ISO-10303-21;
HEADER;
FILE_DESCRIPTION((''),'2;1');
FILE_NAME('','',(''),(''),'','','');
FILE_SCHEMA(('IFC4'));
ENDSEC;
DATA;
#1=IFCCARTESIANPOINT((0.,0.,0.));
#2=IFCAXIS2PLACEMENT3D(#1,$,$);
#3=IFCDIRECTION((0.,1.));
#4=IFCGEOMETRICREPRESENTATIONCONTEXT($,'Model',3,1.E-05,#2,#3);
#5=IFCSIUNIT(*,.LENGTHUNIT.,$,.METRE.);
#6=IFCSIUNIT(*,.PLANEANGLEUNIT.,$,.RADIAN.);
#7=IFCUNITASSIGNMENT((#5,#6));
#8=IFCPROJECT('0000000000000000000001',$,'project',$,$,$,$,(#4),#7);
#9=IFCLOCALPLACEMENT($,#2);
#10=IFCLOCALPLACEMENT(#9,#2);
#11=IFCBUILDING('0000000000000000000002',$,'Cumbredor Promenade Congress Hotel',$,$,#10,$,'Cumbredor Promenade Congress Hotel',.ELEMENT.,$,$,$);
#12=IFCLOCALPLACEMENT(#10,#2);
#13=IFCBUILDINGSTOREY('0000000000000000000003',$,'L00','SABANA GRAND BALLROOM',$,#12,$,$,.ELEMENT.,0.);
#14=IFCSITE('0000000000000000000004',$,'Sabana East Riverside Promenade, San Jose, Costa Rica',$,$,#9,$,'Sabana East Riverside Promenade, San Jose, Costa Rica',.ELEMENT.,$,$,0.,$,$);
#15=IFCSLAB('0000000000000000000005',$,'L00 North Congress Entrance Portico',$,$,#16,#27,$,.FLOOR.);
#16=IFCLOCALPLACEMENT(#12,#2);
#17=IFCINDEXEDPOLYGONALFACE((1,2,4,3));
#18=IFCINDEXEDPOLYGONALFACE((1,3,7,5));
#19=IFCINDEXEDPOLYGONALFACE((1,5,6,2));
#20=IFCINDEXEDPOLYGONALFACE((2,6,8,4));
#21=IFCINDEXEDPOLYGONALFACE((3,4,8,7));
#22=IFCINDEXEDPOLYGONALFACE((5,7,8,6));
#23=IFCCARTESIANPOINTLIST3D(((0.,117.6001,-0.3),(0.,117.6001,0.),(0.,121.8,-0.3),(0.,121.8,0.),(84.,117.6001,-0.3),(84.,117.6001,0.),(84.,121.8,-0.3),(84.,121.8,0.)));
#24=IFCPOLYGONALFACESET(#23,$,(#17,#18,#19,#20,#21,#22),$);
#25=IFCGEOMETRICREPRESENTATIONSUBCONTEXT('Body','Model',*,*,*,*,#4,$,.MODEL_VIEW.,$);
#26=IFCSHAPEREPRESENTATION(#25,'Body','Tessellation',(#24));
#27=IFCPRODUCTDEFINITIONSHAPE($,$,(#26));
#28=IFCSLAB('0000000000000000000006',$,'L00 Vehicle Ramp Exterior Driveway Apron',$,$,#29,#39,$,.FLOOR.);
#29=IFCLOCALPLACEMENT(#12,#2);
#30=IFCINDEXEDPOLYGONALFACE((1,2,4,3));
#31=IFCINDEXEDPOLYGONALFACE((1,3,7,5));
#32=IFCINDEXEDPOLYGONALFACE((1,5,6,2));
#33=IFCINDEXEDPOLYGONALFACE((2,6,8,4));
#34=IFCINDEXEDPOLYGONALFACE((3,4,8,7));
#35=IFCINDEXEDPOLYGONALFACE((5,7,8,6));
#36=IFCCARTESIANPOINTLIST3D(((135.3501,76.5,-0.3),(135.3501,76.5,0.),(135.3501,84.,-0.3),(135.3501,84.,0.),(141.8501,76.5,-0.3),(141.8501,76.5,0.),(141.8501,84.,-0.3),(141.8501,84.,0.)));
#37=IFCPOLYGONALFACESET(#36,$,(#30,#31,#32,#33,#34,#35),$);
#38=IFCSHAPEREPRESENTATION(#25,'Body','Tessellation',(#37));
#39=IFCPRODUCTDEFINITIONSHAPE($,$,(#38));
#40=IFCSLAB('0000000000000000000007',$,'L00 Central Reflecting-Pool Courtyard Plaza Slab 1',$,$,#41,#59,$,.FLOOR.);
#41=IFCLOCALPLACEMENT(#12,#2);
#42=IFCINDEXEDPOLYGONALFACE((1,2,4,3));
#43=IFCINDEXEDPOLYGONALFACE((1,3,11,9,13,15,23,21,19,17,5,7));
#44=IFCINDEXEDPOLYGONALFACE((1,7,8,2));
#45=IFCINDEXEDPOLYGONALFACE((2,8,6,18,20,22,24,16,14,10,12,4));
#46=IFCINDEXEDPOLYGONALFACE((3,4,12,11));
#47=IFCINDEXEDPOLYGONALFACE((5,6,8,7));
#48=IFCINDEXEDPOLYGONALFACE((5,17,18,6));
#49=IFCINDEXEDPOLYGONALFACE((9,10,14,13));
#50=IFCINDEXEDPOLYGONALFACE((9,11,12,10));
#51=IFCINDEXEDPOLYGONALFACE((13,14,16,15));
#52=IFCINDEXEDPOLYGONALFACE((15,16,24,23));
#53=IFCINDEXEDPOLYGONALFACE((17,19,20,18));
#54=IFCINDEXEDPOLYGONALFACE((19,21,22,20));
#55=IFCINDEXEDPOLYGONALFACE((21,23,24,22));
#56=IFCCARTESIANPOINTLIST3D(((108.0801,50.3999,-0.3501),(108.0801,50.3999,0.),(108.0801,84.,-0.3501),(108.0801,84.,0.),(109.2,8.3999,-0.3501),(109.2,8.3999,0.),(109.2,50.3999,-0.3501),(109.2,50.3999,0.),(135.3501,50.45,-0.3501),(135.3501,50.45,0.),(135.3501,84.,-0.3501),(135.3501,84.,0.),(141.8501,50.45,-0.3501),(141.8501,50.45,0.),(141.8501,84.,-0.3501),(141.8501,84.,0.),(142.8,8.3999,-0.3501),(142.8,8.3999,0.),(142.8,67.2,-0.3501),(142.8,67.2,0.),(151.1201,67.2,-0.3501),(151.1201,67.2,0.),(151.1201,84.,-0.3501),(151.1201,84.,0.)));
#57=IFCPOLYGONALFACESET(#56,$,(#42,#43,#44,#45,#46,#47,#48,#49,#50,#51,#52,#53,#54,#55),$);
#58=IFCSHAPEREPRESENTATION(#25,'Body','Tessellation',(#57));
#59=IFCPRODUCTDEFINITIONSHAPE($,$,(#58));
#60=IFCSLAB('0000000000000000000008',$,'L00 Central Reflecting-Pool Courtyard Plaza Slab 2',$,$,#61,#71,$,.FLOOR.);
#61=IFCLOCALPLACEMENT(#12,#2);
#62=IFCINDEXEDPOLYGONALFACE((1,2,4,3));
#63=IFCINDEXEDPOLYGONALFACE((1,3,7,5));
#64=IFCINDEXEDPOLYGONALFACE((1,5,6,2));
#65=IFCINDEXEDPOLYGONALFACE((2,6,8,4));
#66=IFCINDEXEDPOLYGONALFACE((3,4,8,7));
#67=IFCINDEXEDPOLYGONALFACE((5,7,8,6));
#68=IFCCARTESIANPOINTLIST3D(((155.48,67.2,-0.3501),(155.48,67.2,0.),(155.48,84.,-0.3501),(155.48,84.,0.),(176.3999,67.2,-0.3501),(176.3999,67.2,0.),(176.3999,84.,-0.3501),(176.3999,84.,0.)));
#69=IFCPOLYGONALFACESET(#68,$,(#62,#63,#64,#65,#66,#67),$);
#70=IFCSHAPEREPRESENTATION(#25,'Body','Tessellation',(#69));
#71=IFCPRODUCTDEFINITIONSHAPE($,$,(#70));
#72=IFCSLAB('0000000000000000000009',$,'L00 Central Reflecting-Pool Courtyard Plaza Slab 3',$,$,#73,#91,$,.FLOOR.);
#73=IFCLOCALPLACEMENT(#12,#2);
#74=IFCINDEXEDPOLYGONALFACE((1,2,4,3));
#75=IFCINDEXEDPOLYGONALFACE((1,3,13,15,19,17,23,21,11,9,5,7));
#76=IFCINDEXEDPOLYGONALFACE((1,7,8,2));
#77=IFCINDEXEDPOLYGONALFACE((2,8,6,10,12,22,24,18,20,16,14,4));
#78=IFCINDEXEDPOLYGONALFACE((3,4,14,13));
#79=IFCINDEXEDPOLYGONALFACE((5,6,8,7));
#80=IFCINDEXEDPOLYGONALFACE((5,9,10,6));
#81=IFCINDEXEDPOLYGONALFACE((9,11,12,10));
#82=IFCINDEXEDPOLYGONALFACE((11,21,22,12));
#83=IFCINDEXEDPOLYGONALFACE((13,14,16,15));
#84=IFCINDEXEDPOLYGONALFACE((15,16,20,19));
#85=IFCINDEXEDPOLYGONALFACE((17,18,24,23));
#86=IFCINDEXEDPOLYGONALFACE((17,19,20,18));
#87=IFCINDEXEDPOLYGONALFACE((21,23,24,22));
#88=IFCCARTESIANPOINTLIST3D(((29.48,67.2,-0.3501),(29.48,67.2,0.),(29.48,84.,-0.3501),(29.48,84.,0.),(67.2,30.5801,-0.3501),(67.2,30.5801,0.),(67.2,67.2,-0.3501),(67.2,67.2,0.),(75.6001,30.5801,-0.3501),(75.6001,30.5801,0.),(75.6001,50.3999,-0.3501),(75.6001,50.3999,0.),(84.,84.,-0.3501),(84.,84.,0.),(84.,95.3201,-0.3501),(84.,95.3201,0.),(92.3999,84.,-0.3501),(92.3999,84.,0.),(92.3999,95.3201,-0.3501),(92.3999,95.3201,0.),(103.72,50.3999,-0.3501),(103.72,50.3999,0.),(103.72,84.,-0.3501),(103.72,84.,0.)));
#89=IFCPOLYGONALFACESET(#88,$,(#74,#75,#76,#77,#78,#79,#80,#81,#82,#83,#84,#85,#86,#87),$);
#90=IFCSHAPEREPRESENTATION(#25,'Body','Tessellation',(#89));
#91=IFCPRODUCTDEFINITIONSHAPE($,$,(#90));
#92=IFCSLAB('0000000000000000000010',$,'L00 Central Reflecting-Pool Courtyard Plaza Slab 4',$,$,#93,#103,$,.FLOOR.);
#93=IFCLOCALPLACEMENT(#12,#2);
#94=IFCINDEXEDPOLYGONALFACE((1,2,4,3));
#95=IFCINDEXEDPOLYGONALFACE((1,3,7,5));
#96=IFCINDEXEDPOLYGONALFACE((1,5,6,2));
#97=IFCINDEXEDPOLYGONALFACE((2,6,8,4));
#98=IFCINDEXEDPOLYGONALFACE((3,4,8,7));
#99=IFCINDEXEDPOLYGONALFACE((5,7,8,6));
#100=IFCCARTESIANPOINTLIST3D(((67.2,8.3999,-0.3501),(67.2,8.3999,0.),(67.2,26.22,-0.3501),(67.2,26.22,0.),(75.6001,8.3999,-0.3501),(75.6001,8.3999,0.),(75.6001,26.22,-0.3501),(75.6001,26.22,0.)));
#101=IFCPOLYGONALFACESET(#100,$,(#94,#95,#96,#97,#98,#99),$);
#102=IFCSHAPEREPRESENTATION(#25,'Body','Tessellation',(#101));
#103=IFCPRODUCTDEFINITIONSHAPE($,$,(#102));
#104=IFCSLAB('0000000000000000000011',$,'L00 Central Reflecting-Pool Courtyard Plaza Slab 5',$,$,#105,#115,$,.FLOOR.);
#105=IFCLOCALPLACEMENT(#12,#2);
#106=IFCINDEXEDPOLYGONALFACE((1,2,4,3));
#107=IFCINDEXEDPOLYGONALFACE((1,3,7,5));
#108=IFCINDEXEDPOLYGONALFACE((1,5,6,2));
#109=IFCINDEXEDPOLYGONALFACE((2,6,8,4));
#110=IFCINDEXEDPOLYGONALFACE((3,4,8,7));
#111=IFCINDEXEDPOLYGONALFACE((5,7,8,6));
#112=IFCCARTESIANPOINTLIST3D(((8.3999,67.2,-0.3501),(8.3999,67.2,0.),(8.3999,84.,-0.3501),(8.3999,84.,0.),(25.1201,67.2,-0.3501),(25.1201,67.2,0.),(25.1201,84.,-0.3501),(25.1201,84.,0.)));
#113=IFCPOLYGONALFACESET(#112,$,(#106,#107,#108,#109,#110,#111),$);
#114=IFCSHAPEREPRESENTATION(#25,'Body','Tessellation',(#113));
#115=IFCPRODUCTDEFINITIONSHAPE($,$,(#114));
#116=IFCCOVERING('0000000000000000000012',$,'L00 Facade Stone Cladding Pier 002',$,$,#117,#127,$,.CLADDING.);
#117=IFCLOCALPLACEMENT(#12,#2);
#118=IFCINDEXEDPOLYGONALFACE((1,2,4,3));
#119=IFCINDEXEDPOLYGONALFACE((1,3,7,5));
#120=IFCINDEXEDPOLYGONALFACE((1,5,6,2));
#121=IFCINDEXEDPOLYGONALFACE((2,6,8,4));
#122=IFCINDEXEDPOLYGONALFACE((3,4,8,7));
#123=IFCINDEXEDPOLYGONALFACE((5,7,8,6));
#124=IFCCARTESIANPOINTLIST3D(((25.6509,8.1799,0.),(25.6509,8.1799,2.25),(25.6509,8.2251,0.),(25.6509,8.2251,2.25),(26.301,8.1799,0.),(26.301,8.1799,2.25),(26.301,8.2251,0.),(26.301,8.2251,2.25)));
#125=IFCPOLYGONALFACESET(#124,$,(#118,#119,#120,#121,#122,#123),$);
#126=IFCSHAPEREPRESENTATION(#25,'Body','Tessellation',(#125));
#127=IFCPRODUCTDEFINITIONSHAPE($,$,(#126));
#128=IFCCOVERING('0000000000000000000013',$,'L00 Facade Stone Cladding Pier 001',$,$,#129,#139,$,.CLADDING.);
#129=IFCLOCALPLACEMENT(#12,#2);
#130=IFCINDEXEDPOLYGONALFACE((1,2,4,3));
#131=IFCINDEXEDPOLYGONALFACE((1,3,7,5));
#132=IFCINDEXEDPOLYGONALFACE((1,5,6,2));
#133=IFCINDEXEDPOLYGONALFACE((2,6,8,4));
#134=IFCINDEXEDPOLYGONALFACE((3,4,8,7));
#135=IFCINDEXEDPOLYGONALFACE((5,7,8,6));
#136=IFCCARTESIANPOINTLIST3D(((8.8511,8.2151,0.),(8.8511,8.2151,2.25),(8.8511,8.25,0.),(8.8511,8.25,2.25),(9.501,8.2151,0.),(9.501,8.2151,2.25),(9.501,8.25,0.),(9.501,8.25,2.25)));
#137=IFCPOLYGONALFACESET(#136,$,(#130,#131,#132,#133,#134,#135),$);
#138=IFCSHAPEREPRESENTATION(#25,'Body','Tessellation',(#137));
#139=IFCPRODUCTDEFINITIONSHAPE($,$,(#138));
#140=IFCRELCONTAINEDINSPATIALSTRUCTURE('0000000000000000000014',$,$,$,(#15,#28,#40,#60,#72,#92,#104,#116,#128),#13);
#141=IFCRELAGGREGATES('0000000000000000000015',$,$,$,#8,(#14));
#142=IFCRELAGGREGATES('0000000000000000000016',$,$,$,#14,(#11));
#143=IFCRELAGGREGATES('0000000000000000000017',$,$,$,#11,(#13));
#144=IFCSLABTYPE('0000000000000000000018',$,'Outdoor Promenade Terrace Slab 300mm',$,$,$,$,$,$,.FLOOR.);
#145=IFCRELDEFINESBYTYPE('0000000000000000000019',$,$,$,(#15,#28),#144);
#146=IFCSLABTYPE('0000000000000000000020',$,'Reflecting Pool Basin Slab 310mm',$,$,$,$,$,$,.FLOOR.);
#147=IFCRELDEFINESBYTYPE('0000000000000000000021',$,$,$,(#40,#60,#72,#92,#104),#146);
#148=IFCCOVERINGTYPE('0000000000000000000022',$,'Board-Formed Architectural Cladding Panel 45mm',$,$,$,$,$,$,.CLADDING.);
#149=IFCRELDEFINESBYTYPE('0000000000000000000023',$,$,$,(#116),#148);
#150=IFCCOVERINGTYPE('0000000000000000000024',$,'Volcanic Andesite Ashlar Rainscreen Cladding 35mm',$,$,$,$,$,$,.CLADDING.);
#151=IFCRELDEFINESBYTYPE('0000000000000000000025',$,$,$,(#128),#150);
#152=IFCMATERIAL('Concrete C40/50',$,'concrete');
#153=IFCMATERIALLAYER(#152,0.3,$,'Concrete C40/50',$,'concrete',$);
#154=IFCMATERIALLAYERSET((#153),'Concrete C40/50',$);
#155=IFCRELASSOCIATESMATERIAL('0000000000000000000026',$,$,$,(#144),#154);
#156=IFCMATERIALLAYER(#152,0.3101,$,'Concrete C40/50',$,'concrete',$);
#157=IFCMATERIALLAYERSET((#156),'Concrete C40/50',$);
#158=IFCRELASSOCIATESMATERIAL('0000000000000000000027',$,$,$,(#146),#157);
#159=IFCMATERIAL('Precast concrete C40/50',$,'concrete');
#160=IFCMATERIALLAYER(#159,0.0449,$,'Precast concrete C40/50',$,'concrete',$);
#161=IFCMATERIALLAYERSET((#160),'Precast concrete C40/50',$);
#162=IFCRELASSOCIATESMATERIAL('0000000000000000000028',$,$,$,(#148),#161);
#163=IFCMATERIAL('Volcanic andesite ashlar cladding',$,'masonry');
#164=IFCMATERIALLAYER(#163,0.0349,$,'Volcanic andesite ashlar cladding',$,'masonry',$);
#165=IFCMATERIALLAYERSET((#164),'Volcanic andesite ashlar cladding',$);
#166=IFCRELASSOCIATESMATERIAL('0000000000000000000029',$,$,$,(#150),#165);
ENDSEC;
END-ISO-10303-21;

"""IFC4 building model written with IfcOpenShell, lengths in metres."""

from ifc_helpers import new_model, si_unit, direction, frame, origin, place, context, subcontext, project, spatial, polyline, outline, extrude, material, layer, layer_set, type_object, element, save


model = new_model("IFC4")

# Units and contexts
model_context = context("Model", 3, precision=1e-05, world=origin(), true_north=direction((0.0, 1.0)))
body_context = subcontext(model_context, "Body", "Model", "MODEL_VIEW")
ifc_project = project(units=[si_unit("LENGTHUNIT", "METRE"), si_unit("PLANEANGLEUNIT", "RADIAN")], contexts=[model_context])

# Site, building, storey
site_placement = place(None, origin())
site = spatial("IfcSite", under=ifc_project, at=site_placement, Name="Sabana East Riverside Promenade, San Jose, Costa Rica", LongName="Sabana East Riverside Promenade, San Jose, Costa Rica", CompositionType="ELEMENT", RefElevation=0.0)
building_placement = place(site_placement, origin())
building = spatial("IfcBuilding", under=site, at=building_placement, Name="Cumbredor Promenade Congress Hotel", LongName="Cumbredor Promenade Congress Hotel", CompositionType="ELEMENT")
storey_placement = place(building_placement, origin())
storey = spatial("IfcBuildingStorey", under=building, at=storey_placement, Name="L00", Description="SABANA GRAND BALLROOM", CompositionType="ELEMENT", Elevation=0.0)

# Slabs
ifc_material_1 = material(Name="Concrete C40/50", Category="concrete")
ifc_layer_1 = layer(ifc_material_1, 0.3, Name="Concrete C40/50", Category="concrete")
ifc_layer_set_1 = layer_set([ifc_layer_1], Name="Concrete C40/50")
slab_type_1 = type_object("IfcSlabType", Name="Outdoor Promenade Terrace Slab 300mm", PredefinedType="FLOOR", material=ifc_layer_set_1)
slab_1_placement = place(storey_placement, frame((0.0, 0.0, -0.3)))
element("IfcSlab", 1, at=slab_1_placement, inside=storey, type_object=slab_type_1, Name="L00 North Congress Entrance Portico", PredefinedType="FLOOR", context=body_context, shape_type="SweptSolid", body=[
    extrude(outline(polyline([(0.0, 117.6001), (84.0, 117.6001), (84.0, 121.8), (0.0, 121.8), (0.0, 117.6001)])), origin(), (0.0, 0.0, 1.0), 0.3),
])
slab_2_placement = place(storey_placement, frame((0.0, 0.0, -0.3)))
element("IfcSlab", 2, at=slab_2_placement, inside=storey, type_object=slab_type_1, Name="L00 Vehicle Ramp Exterior Driveway Apron", PredefinedType="FLOOR", context=body_context, shape_type="SweptSolid", body=[
    extrude(outline(polyline([(135.3501, 76.5), (141.8501, 76.5), (141.8501, 84.0), (135.3501, 84.0), (135.3501, 76.5)])), origin(), (0.0, 0.0, 1.0), 0.3),
])
ifc_layer_2 = layer(ifc_material_1, 0.3101, Name="Concrete C40/50", Category="concrete")
ifc_layer_set_2 = layer_set([ifc_layer_2], Name="Concrete C40/50")
slab_type_2 = type_object("IfcSlabType", Name="Reflecting Pool Basin Slab 310mm", PredefinedType="FLOOR", material=ifc_layer_set_2)
slab_3_placement = place(storey_placement, frame((0.0, 0.0, -0.3501)))
element("IfcSlab", 3, at=slab_3_placement, inside=storey, type_object=slab_type_2, Name="L00 Central Reflecting-Pool Courtyard Plaza Slab 1", PredefinedType="FLOOR", context=body_context, shape_type="SweptSolid", body=[
    extrude(outline(polyline([(151.1201, 67.2), (142.8, 67.2), (142.8, 8.3999), (109.2, 8.3999), (109.2, 50.3999), (108.0801, 50.3999), (108.0801, 84.0), (135.3501, 84.0), (135.3501, 50.45), (141.8501, 50.45), (141.8501, 84.0), (151.1201, 84.0), (151.1201, 67.2)])), origin(), (0.0, 0.0, 1.0), 0.3501),
])
slab_4_placement = place(storey_placement, frame((0.0, 0.0, -0.3501)))
element("IfcSlab", 4, at=slab_4_placement, inside=storey, type_object=slab_type_2, Name="L00 Central Reflecting-Pool Courtyard Plaza Slab 2", PredefinedType="FLOOR", context=body_context, shape_type="SweptSolid", body=[
    extrude(outline(polyline([(176.3999, 67.2), (155.48, 67.2), (155.48, 84.0), (176.3999, 84.0), (176.3999, 67.2)])), origin(), (0.0, 0.0, 1.0), 0.3501),
])
slab_5_placement = place(storey_placement, frame((0.0, 0.0, -0.3501)))
element("IfcSlab", 5, at=slab_5_placement, inside=storey, type_object=slab_type_2, Name="L00 Central Reflecting-Pool Courtyard Plaza Slab 3", PredefinedType="FLOOR", context=body_context, shape_type="SweptSolid", body=[
    extrude(outline(polyline([(67.2, 30.5801), (67.2, 67.2), (29.48, 67.2), (29.48, 84.0), (84.0, 84.0), (84.0, 95.3201), (92.3999, 95.3201), (92.3999, 99.6799), (84.0, 99.6799), (84.0, 117.6001), (92.3999, 117.6001), (92.3999, 84.0), (103.72, 84.0), (103.72, 50.3999), (75.6001, 50.3999), (75.6001, 30.5801), (67.2, 30.5801)])), origin(), (0.0, 0.0, 1.0), 0.3501),
])
slab_6_placement = place(storey_placement, frame((0.0, 0.0, -0.3501)))
element("IfcSlab", 6, at=slab_6_placement, inside=storey, type_object=slab_type_2, Name="L00 Central Reflecting-Pool Courtyard Plaza Slab 4", PredefinedType="FLOOR", context=body_context, shape_type="SweptSolid", body=[
    extrude(outline(polyline([(75.6001, 26.22), (75.6001, 8.3999), (67.2, 8.3999), (67.2, 26.22), (75.6001, 26.22)])), origin(), (0.0, 0.0, 1.0), 0.3501),
])
slab_7_placement = place(storey_placement, frame((0.0, 0.0, -0.3501)))
element("IfcSlab", 7, at=slab_7_placement, inside=storey, type_object=slab_type_2, Name="L00 Central Reflecting-Pool Courtyard Plaza Slab 5", PredefinedType="FLOOR", context=body_context, shape_type="SweptSolid", body=[
    extrude(outline(polyline([(8.3999, 67.2), (8.3999, 84.0), (25.1201, 84.0), (25.1201, 67.2), (8.3999, 67.2)])), origin(), (0.0, 0.0, 1.0), 0.3501),
])

# Coverings
ifc_material_2 = material(Name="Precast concrete C40/50", Category="concrete")
ifc_layer_3 = layer(ifc_material_2, 0.0449, Name="Precast concrete C40/50", Category="concrete")
ifc_layer_set_3 = layer_set([ifc_layer_3], Name="Precast concrete C40/50")
covering_type_1 = type_object("IfcCoveringType", Name="Board-Formed Architectural Cladding Panel 45mm", PredefinedType="CLADDING", material=ifc_layer_set_3)
covering_1_placement = place(storey_placement, origin())
element("IfcCovering", 8, at=covering_1_placement, inside=storey, type_object=covering_type_1, Name="L00 Facade Stone Cladding Pier 002", PredefinedType="CLADDING", context=body_context, shape_type="SweptSolid", body=[
    extrude(outline(polyline([(25.6509, 8.2251), (26.301, 8.2251), (26.301, 8.1799), (25.6509, 8.1799), (25.6509, 8.2251)])), origin(), (0.0, 0.0, 1.0), 2.25),
])
ifc_material_3 = material(Name="Volcanic andesite ashlar cladding", Category="masonry")
ifc_layer_4 = layer(ifc_material_3, 0.0349, Name="Volcanic andesite ashlar cladding", Category="masonry")
ifc_layer_set_4 = layer_set([ifc_layer_4], Name="Volcanic andesite ashlar cladding")
covering_type_2 = type_object("IfcCoveringType", Name="Volcanic Andesite Ashlar Rainscreen Cladding 35mm", PredefinedType="CLADDING", material=ifc_layer_set_4)
covering_2_placement = place(storey_placement, origin())
element("IfcCovering", 9, at=covering_2_placement, inside=storey, type_object=covering_type_2, Name="L00 Facade Stone Cladding Pier 001", PredefinedType="CLADDING", context=body_context, shape_type="SweptSolid", body=[
    extrude(outline(polyline([(8.8511, 8.25), (9.501, 8.25), (9.501, 8.2151), (8.8511, 8.2151), (8.8511, 8.25)])), origin(), (0.0, 0.0, 1.0), 2.25),
])

save(model, "model.ifc")
